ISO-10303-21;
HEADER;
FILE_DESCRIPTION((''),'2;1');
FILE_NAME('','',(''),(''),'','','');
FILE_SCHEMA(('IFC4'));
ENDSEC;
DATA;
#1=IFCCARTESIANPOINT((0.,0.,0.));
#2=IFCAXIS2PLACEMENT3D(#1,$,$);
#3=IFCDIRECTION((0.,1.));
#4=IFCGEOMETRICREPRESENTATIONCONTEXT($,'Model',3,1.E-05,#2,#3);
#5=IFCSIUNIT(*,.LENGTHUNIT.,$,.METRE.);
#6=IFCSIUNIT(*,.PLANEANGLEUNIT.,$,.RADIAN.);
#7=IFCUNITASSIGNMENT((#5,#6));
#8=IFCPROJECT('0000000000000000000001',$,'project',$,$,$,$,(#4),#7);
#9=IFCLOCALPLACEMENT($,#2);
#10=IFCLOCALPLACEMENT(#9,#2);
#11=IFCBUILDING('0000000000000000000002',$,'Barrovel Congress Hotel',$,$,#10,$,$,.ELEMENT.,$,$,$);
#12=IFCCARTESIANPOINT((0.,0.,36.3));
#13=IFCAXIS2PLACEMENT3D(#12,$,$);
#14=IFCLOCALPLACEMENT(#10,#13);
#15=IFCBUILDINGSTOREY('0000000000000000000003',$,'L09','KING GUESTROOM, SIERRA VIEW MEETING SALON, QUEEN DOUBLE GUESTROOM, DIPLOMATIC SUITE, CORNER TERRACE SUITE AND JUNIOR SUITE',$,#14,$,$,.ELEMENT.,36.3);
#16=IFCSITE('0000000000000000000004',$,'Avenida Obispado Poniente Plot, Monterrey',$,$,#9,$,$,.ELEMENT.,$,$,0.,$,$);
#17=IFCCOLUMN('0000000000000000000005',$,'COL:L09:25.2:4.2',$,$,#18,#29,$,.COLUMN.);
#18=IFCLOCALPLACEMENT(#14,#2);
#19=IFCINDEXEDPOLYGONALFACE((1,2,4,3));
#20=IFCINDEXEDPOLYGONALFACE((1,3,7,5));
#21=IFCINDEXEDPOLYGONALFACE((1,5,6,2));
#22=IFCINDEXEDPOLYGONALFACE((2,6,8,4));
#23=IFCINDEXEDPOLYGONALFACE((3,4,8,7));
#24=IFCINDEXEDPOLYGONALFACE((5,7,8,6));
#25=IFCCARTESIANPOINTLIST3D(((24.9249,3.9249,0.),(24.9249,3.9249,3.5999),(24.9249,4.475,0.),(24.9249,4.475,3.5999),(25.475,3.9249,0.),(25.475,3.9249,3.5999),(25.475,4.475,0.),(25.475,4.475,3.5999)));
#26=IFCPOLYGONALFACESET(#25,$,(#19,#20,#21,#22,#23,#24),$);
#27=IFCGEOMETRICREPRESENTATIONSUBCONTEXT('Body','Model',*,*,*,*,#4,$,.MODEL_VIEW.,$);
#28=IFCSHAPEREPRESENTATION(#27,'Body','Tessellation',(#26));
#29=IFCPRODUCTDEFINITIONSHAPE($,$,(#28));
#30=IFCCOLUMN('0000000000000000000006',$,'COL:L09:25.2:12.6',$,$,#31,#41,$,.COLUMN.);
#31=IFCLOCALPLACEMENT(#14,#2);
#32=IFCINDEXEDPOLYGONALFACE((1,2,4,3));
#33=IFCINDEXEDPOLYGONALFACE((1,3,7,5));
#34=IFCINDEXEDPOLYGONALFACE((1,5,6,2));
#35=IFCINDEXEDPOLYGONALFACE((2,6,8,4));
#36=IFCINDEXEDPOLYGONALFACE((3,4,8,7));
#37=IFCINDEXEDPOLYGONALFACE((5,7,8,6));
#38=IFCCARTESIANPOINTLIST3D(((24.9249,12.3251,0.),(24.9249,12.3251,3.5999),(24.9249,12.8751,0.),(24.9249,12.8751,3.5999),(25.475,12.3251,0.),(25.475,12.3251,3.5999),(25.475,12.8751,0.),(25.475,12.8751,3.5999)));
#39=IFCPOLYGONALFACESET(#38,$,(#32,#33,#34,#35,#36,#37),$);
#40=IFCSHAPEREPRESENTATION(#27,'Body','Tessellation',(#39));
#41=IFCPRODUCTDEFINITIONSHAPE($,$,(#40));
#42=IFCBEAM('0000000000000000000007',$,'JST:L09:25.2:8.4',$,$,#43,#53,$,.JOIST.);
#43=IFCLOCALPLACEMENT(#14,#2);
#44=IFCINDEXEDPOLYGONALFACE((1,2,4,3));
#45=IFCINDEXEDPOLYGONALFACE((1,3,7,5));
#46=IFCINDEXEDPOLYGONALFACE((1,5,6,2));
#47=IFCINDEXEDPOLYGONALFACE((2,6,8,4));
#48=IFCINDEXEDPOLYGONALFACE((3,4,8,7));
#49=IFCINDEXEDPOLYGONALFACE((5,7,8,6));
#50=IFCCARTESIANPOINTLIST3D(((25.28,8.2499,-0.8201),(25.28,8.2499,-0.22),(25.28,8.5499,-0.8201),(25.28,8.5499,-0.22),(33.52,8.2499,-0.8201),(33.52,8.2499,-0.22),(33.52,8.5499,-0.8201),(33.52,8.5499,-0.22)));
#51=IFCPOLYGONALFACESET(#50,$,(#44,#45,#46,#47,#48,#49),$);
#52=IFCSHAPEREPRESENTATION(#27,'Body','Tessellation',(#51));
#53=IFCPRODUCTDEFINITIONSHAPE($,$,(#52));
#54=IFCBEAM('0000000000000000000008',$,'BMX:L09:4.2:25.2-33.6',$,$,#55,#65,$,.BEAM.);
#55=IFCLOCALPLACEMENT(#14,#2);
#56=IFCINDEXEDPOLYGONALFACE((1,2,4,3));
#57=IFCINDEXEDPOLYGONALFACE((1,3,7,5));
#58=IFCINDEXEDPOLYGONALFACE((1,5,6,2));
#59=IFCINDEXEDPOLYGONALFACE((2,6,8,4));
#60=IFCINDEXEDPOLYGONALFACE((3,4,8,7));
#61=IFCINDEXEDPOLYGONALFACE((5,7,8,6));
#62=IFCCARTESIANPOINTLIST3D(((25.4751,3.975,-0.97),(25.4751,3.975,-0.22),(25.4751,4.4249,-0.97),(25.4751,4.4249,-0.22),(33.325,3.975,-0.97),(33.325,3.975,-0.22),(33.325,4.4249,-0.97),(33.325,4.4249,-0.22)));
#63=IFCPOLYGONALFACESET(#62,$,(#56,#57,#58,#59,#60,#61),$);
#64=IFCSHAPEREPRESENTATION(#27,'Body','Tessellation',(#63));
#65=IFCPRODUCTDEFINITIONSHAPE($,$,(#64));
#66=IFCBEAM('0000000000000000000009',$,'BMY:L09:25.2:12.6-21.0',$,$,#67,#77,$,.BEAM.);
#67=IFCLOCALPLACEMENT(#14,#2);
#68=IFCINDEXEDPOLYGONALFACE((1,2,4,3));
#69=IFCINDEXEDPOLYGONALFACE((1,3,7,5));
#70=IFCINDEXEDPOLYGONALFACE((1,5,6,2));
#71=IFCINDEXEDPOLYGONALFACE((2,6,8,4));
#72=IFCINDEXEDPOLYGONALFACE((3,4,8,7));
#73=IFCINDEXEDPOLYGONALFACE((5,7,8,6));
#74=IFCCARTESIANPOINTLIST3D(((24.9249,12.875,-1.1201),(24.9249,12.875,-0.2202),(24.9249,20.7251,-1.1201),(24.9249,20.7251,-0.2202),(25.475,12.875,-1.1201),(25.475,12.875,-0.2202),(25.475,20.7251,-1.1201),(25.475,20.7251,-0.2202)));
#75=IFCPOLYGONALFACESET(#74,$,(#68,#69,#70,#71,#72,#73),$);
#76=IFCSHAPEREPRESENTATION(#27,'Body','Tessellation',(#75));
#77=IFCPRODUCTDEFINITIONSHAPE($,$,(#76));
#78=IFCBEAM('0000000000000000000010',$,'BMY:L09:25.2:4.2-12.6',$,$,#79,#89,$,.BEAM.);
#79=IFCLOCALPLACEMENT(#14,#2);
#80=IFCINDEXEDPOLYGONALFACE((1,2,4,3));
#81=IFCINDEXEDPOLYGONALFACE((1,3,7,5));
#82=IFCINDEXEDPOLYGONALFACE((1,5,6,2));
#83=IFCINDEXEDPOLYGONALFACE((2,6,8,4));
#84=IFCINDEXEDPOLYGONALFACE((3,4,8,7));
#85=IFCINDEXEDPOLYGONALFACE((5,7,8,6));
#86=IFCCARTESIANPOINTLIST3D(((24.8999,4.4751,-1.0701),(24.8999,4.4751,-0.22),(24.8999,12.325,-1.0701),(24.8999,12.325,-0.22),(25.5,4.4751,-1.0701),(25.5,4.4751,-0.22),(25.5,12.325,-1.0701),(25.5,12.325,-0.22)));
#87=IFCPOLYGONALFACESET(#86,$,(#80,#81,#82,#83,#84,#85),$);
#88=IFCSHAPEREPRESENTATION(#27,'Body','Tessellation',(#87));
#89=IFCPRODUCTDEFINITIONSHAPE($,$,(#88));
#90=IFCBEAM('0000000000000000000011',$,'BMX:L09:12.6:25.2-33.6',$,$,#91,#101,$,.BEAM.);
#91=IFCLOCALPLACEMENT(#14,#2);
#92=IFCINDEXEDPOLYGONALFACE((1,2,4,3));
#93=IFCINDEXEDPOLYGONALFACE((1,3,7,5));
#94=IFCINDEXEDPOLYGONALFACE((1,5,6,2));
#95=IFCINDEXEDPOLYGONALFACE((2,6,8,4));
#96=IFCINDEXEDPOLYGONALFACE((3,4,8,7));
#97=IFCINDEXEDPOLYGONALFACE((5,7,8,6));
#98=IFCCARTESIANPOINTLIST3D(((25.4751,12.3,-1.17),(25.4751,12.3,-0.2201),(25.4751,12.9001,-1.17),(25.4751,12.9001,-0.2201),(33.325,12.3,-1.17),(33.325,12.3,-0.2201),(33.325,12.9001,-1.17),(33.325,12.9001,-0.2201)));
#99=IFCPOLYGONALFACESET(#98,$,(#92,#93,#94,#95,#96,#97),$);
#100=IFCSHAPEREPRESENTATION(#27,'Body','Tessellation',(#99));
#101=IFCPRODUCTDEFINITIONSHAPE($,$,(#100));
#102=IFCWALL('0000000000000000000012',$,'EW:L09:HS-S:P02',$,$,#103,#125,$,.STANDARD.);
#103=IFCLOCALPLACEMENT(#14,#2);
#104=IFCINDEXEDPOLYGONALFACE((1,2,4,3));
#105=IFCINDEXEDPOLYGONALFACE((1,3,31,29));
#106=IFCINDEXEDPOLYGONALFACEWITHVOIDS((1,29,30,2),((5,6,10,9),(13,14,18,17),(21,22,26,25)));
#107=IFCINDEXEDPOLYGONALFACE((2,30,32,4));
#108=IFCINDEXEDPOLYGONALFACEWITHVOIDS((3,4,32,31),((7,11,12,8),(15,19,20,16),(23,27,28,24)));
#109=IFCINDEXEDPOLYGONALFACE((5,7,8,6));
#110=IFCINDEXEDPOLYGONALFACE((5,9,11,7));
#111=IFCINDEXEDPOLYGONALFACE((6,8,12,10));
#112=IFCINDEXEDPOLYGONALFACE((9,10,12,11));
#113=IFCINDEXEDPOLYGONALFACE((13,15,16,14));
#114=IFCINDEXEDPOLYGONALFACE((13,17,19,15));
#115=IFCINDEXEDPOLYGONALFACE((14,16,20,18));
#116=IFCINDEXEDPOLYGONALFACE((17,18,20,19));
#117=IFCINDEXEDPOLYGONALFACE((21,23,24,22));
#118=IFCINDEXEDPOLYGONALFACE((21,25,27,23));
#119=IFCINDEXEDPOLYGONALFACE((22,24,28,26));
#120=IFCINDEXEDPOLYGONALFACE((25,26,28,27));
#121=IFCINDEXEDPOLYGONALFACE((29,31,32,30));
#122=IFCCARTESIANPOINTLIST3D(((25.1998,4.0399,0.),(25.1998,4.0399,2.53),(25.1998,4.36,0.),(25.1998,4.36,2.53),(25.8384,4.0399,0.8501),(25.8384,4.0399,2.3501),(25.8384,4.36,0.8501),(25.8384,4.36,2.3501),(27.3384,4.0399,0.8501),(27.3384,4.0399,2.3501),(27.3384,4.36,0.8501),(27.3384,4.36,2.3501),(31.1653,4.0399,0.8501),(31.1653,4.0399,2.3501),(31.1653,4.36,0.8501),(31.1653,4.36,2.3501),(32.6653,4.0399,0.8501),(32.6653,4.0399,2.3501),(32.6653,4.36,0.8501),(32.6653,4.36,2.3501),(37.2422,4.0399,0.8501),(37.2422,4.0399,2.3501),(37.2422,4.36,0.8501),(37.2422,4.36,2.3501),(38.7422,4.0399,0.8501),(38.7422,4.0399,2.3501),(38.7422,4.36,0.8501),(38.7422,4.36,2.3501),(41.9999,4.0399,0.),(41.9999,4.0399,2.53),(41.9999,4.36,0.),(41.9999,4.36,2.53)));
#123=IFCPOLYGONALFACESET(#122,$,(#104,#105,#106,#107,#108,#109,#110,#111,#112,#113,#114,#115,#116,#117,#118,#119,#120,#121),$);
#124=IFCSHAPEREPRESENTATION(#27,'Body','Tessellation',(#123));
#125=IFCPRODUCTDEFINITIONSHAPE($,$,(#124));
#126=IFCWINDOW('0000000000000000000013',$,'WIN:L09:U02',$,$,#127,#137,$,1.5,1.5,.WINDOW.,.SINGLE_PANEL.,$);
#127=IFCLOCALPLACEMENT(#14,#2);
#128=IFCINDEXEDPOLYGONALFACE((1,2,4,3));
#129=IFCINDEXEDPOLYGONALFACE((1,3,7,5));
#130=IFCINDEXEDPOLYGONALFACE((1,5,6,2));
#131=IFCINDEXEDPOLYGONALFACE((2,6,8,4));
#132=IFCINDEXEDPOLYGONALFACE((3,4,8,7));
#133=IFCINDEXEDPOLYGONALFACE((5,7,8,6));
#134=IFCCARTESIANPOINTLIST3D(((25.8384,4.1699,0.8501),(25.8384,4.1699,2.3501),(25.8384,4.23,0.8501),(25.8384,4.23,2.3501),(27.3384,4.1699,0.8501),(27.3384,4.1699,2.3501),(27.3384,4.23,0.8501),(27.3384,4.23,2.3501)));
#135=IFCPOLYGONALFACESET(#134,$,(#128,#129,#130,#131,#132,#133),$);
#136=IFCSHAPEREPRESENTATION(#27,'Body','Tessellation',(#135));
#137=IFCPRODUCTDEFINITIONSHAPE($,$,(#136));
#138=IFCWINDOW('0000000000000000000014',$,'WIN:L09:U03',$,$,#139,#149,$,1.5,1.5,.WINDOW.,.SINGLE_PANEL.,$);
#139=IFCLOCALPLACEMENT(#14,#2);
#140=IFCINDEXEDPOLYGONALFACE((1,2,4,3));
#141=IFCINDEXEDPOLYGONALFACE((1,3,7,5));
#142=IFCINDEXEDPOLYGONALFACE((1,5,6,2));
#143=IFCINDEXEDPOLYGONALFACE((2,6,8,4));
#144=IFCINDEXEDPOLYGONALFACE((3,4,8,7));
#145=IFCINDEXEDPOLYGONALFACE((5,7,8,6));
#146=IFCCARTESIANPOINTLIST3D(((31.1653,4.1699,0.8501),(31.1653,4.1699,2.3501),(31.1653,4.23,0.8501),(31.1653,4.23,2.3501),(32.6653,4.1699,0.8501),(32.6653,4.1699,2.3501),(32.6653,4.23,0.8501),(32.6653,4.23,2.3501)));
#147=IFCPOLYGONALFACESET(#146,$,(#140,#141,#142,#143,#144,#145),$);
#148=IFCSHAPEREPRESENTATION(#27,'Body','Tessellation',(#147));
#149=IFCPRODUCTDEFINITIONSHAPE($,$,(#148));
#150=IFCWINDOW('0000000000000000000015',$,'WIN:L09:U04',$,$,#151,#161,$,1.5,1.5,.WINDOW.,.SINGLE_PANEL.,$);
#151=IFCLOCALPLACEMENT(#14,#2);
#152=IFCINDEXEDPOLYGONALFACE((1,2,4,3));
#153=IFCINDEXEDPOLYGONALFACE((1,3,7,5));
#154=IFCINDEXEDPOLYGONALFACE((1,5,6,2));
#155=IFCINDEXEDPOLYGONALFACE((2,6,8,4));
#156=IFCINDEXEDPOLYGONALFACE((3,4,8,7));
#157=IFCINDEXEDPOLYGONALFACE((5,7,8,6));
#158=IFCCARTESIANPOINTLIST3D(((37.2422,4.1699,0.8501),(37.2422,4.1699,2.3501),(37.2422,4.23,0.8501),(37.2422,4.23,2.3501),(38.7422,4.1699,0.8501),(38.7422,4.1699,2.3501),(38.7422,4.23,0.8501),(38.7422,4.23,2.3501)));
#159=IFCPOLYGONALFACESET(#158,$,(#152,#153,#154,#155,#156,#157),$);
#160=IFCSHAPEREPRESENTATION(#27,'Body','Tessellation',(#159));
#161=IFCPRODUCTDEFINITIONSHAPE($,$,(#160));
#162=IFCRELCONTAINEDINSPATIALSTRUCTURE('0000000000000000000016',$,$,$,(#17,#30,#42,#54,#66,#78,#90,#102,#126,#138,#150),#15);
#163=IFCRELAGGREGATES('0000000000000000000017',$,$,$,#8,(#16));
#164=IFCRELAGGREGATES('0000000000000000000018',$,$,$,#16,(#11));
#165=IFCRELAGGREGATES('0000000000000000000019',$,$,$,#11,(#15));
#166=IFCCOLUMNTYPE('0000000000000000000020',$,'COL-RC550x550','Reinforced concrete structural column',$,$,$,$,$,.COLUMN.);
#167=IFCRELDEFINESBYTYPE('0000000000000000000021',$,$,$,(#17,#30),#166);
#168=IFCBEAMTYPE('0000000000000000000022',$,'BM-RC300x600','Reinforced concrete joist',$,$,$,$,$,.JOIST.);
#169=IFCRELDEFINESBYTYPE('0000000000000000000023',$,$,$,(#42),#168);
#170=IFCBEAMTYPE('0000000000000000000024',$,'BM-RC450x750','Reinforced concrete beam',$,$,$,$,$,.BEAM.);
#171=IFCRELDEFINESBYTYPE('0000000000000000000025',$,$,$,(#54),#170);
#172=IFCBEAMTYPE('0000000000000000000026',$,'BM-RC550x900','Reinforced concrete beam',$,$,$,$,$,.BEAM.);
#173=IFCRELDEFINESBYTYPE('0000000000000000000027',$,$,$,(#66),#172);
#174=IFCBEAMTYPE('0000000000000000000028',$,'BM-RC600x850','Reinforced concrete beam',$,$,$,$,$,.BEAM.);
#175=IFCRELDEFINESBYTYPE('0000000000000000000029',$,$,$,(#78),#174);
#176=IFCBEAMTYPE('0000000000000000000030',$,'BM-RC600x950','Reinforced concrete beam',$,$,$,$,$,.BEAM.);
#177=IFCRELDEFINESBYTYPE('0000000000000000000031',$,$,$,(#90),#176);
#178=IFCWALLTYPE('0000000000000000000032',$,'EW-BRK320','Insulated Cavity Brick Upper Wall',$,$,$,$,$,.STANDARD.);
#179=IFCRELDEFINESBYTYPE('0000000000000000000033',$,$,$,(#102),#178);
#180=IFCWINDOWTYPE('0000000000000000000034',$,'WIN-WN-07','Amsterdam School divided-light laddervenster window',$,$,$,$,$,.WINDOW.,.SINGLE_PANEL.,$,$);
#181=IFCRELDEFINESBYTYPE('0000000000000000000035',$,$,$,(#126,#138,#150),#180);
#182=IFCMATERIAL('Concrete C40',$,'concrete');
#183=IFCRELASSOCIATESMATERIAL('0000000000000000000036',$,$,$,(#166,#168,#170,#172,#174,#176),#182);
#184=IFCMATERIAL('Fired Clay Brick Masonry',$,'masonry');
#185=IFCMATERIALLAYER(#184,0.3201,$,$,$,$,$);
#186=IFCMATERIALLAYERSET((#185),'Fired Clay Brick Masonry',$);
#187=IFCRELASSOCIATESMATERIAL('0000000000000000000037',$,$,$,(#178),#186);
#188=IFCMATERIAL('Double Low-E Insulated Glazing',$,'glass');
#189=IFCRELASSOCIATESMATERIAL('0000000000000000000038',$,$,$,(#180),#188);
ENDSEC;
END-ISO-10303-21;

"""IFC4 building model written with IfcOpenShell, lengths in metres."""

from ifc_helpers import new_model, si_unit, direction, frame, frame_2d, origin, origin_2d, place, context, subcontext, project, spatial, rectangle, extrude, material, layer, layer_set, material_profile, profile_set, type_object, element, fill, save


model = new_model("IFC4")

# Units and contexts
model_context = context("Model", 3, precision=1e-05, world=origin(), true_north=direction((0.0, 1.0)))
body_context = subcontext(model_context, "Body", "Model", "MODEL_VIEW")
ifc_project = project(units=[si_unit("LENGTHUNIT", "METRE"), si_unit("PLANEANGLEUNIT", "RADIAN")], contexts=[model_context])

# Site, building, storey
site_placement = place(None, origin())
site = spatial("IfcSite", under=ifc_project, at=site_placement, Name="Avenida Obispado Poniente Plot, Monterrey", CompositionType="ELEMENT", RefElevation=0.0)
building_placement = place(site_placement, origin())
building = spatial("IfcBuilding", under=site, at=building_placement, Name="Barrovel Congress Hotel", CompositionType="ELEMENT")
storey_placement = place(building_placement, frame((0.0, 0.0, 36.3)))
storey = spatial("IfcBuildingStorey", under=building, at=storey_placement, Name="L09", Description="KING GUESTROOM, SIERRA VIEW MEETING SALON, QUEEN DOUBLE GUESTROOM, DIPLOMATIC SUITE, CORNER TERRACE SUITE AND JUNIOR SUITE", CompositionType="ELEMENT", Elevation=36.3)

# Columns
ifc_material_1 = material(Name="Concrete C40", Category="concrete")
ifc_material_profile_1 = material_profile(ifc_material_1, rectangle(XDim=0.55, YDim=0.55, at=origin_2d()), Name="RC550x550")
ifc_profile_set_1 = profile_set([ifc_material_profile_1], Name="Concrete C40")
column_type = type_object("IfcColumnType", Name="COL-RC550x550", Description="Reinforced concrete structural column", PredefinedType="COLUMN", material=ifc_profile_set_1)
for number, where, z_axis, x_axis, name in (
    (1, (25.2, 4.2, 0.0), (0.0, 0.0, 1.0), (1.0, 0.0, 0.0), "COL:L09:25.2:4.2"),
    (2, (25.2, 12.6001, 0.0), (0.0, 0.0, 1.0), (1.0, 0.0, 0.0), "COL:L09:25.2:12.6"),
):
    element("IfcColumn", number, at=place(storey_placement, frame(where, z_axis=z_axis, x_axis=x_axis)), inside=storey, type_object=column_type, Name=name, PredefinedType="COLUMN", context=body_context, shape_type="SweptSolid", body=[
        extrude(rectangle(XDim=0.55, YDim=0.55, at=origin_2d()), origin(), (0.0, 0.0, 1.0), 3.5999),
    ])

# Beams
ifc_material_profile_2 = material_profile(ifc_material_1, rectangle(XDim=0.3, YDim=0.6001, at=origin_2d()), Name="RC300x600")
ifc_profile_set_2 = profile_set([ifc_material_profile_2], Name="Concrete C40")
beam_type_1 = type_object("IfcBeamType", Name="BM-RC300x600", Description="Reinforced concrete joist", PredefinedType="JOIST", material=ifc_profile_set_2)
beam_1_placement = place(storey_placement, frame((25.28, 8.3999, -0.52), z_axis=(1.0, 0.0, 0.0), x_axis=(0.0, 1.0, 0.0)))
element("IfcBeam", 3, at=beam_1_placement, inside=storey, type_object=beam_type_1, Name="JST:L09:25.2:8.4", PredefinedType="JOIST", context=body_context, shape_type="SweptSolid", body=[
    extrude(rectangle(XDim=0.3, YDim=0.6001, at=origin_2d()), origin(), (0.0, 0.0, 1.0), 8.24),
])
ifc_material_profile_3 = material_profile(ifc_material_1, rectangle(XDim=0.45, YDim=0.75, at=origin_2d()), Name="RC450x750")
ifc_profile_set_3 = profile_set([ifc_material_profile_3], Name="Concrete C40")
beam_type_2 = type_object("IfcBeamType", Name="BM-RC450x750", Description="Reinforced concrete beam", PredefinedType="BEAM", material=ifc_profile_set_3)
beam_2_placement = place(storey_placement, frame((25.4751, 4.2, -0.595), z_axis=(1.0, 0.0, 0.0), x_axis=(0.0, 1.0, 0.0)))
element("IfcBeam", 4, at=beam_2_placement, inside=storey, type_object=beam_type_2, Name="BMX:L09:4.2:25.2-33.6", PredefinedType="BEAM", context=body_context, shape_type="SweptSolid", body=[
    extrude(rectangle(XDim=0.45, YDim=0.75, at=origin_2d()), origin(), (0.0, 0.0, 1.0), 7.8499),
])
ifc_material_profile_4 = material_profile(ifc_material_1, rectangle(XDim=0.55, YDim=0.8999, at=origin_2d()), Name="RC550x900")
ifc_profile_set_4 = profile_set([ifc_material_profile_4], Name="Concrete C40")
beam_type_3 = type_object("IfcBeamType", Name="BM-RC550x900", Description="Reinforced concrete beam", PredefinedType="BEAM", material=ifc_profile_set_4)
beam_3_placement = place(storey_placement, frame((25.2, 12.875, -0.6702), z_axis=(0.0, 1.0, 0.0), x_axis=(-1.0, 0.0, 0.0)))
element("IfcBeam", 5, at=beam_3_placement, inside=storey, type_object=beam_type_3, Name="BMY:L09:25.2:12.6-21.0", PredefinedType="BEAM", context=body_context, shape_type="SweptSolid", body=[
    extrude(rectangle(XDim=0.55, YDim=0.8999, at=origin_2d()), origin(), (0.0, 0.0, 1.0), 7.8501),
])
ifc_material_profile_5 = material_profile(ifc_material_1, rectangle(XDim=0.6001, YDim=0.8501, at=origin_2d()), Name="RC600x850")
ifc_profile_set_5 = profile_set([ifc_material_profile_5], Name="Concrete C40")
beam_type_4 = type_object("IfcBeamType", Name="BM-RC600x850", Description="Reinforced concrete beam", PredefinedType="BEAM", material=ifc_profile_set_5)
beam_4_placement = place(storey_placement, frame((25.2, 4.4751, -0.645), z_axis=(0.0, 1.0, 0.0), x_axis=(-1.0, 0.0, 0.0)))
element("IfcBeam", 6, at=beam_4_placement, inside=storey, type_object=beam_type_4, Name="BMY:L09:25.2:4.2-12.6", PredefinedType="BEAM", context=body_context, shape_type="SweptSolid", body=[
    extrude(rectangle(XDim=0.6001, YDim=0.8501, at=origin_2d()), origin(), (0.0, 0.0, 1.0), 7.8499),
])
ifc_material_profile_6 = material_profile(ifc_material_1, rectangle(XDim=0.6001, YDim=0.95, at=origin_2d()), Name="RC600x950")
ifc_profile_set_6 = profile_set([ifc_material_profile_6], Name="Concrete C40")
beam_type_5 = type_object("IfcBeamType", Name="BM-RC600x950", Description="Reinforced concrete beam", PredefinedType="BEAM", material=ifc_profile_set_6)
beam_5_placement = place(storey_placement, frame((25.4751, 12.6001, -0.6951), z_axis=(1.0, 0.0, 0.0), x_axis=(0.0, 1.0, 0.0)))
element("IfcBeam", 7, at=beam_5_placement, inside=storey, type_object=beam_type_5, Name="BMX:L09:12.6:25.2-33.6", PredefinedType="BEAM", context=body_context, shape_type="SweptSolid", body=[
    extrude(rectangle(XDim=0.6001, YDim=0.95, at=origin_2d()), origin(), (0.0, 0.0, 1.0), 7.8499),
])

# Wall, openings, windows
ifc_material_2 = material(Name="Fired Clay Brick Masonry", Category="masonry")
ifc_layer_1 = layer(ifc_material_2, 0.3201)
ifc_layer_set_1 = layer_set([ifc_layer_1], Name="Fired Clay Brick Masonry")
wall_type_1 = type_object("IfcWallType", Name="EW-BRK320", Description="Insulated Cavity Brick Upper Wall", PredefinedType="STANDARD", material=ifc_layer_set_1)
wall_1_placement = place(storey_placement, frame((25.2, 4.2, 0.0), z_axis=(0.0, 0.0, 1.0), x_axis=(1.0, 0.0, 0.0)))
wall_1 = element("IfcWall", 8, at=wall_1_placement, inside=storey, type_object=wall_type_1, Name="EW:L09:HS-S:P02", PredefinedType="STANDARD", context=body_context, shape_type="SweptSolid", body=[
    extrude(rectangle(XDim=16.8, YDim=0.3201, at=frame_2d((8.3999, 0.0))), origin(), (0.0, 0.0, 1.0), 2.53),
])
opening_1_placement = place(wall_1_placement, frame((0.6384, 0.0, 0.8501)))
opening_1 = element("IfcOpeningElement", 9, at=opening_1_placement, cuts=wall_1, PredefinedType="OPENING", context=body_context, shape_type="SweptSolid", body=[
    extrude(rectangle(XDim=1.5, YDim=1.5, at=frame_2d((0.75, 0.75))), frame((0.0, 0.1699, 0.0), z_axis=(0.0, -1.0, 0.0), x_axis=(1.0, 0.0, 0.0)), (0.0, 0.0, 1.0), 0.3401),
])
opening_2_placement = place(wall_1_placement, frame((5.9653, 0.0, 0.8501)))
opening_2 = element("IfcOpeningElement", 10, at=opening_2_placement, cuts=wall_1, PredefinedType="OPENING", context=body_context, shape_type="SweptSolid", body=[
    extrude(rectangle(XDim=1.5, YDim=1.5, at=frame_2d((0.75, 0.75))), frame((0.0, 0.1699, 0.0), z_axis=(0.0, -1.0, 0.0), x_axis=(1.0, 0.0, 0.0)), (0.0, 0.0, 1.0), 0.3401),
])
opening_3_placement = place(wall_1_placement, frame((12.0422, 0.0, 0.8501)))
opening_3 = element("IfcOpeningElement", 11, at=opening_3_placement, cuts=wall_1, PredefinedType="OPENING", context=body_context, shape_type="SweptSolid", body=[
    extrude(rectangle(XDim=1.5, YDim=1.5, at=frame_2d((0.75, 0.75))), frame((0.0, 0.1699, 0.0), z_axis=(0.0, -1.0, 0.0), x_axis=(1.0, 0.0, 0.0)), (0.0, 0.0, 1.0), 0.3401),
])
ifc_material_3 = material(Name="Double Low-E Insulated Glazing", Category="glass")
window_type = type_object("IfcWindowType", Name="WIN-WN-07", Description="Amsterdam School divided-light laddervenster window", PartitioningType="SINGLE_PANEL", PredefinedType="WINDOW", material=ifc_material_3)
window_1_placement = place(opening_1_placement, origin())
window_1 = element("IfcWindow", 12, at=window_1_placement, inside=storey, type_object=window_type, Name="WIN:L09:U02", OverallHeight=1.5, OverallWidth=1.5, PartitioningType="SINGLE_PANEL", PredefinedType="WINDOW", context=body_context, shape_type="SweptSolid", body=[
    extrude(rectangle(XDim=1.5, YDim=1.5, at=frame_2d((0.75, 0.75))), frame((0.0, 0.03, 0.0), z_axis=(0.0, -1.0, 0.0), x_axis=(1.0, 0.0, 0.0)), (0.0, 0.0, 1.0), 0.0601),
])
fill(opening_1, window_1)
window_2_placement = place(opening_2_placement, origin())
window_2 = element("IfcWindow", 13, at=window_2_placement, inside=storey, type_object=window_type, Name="WIN:L09:U03", OverallHeight=1.5, OverallWidth=1.5, PartitioningType="SINGLE_PANEL", PredefinedType="WINDOW", context=body_context, shape_type="SweptSolid", body=[
    extrude(rectangle(XDim=1.5, YDim=1.5, at=frame_2d((0.75, 0.75))), frame((0.0, 0.03, 0.0), z_axis=(0.0, -1.0, 0.0), x_axis=(1.0, 0.0, 0.0)), (0.0, 0.0, 1.0), 0.0601),
])
fill(opening_2, window_2)
window_3_placement = place(opening_3_placement, origin())
window_3 = element("IfcWindow", 14, at=window_3_placement, inside=storey, type_object=window_type, Name="WIN:L09:U04", OverallHeight=1.5, OverallWidth=1.5, PartitioningType="SINGLE_PANEL", PredefinedType="WINDOW", context=body_context, shape_type="SweptSolid", body=[
    extrude(rectangle(XDim=1.5, YDim=1.5, at=frame_2d((0.75, 0.75))), frame((0.0, 0.03, 0.0), z_axis=(0.0, -1.0, 0.0), x_axis=(1.0, 0.0, 0.0)), (0.0, 0.0, 1.0), 0.0601),
])
fill(opening_3, window_3)

save(model, "model.ifc")
